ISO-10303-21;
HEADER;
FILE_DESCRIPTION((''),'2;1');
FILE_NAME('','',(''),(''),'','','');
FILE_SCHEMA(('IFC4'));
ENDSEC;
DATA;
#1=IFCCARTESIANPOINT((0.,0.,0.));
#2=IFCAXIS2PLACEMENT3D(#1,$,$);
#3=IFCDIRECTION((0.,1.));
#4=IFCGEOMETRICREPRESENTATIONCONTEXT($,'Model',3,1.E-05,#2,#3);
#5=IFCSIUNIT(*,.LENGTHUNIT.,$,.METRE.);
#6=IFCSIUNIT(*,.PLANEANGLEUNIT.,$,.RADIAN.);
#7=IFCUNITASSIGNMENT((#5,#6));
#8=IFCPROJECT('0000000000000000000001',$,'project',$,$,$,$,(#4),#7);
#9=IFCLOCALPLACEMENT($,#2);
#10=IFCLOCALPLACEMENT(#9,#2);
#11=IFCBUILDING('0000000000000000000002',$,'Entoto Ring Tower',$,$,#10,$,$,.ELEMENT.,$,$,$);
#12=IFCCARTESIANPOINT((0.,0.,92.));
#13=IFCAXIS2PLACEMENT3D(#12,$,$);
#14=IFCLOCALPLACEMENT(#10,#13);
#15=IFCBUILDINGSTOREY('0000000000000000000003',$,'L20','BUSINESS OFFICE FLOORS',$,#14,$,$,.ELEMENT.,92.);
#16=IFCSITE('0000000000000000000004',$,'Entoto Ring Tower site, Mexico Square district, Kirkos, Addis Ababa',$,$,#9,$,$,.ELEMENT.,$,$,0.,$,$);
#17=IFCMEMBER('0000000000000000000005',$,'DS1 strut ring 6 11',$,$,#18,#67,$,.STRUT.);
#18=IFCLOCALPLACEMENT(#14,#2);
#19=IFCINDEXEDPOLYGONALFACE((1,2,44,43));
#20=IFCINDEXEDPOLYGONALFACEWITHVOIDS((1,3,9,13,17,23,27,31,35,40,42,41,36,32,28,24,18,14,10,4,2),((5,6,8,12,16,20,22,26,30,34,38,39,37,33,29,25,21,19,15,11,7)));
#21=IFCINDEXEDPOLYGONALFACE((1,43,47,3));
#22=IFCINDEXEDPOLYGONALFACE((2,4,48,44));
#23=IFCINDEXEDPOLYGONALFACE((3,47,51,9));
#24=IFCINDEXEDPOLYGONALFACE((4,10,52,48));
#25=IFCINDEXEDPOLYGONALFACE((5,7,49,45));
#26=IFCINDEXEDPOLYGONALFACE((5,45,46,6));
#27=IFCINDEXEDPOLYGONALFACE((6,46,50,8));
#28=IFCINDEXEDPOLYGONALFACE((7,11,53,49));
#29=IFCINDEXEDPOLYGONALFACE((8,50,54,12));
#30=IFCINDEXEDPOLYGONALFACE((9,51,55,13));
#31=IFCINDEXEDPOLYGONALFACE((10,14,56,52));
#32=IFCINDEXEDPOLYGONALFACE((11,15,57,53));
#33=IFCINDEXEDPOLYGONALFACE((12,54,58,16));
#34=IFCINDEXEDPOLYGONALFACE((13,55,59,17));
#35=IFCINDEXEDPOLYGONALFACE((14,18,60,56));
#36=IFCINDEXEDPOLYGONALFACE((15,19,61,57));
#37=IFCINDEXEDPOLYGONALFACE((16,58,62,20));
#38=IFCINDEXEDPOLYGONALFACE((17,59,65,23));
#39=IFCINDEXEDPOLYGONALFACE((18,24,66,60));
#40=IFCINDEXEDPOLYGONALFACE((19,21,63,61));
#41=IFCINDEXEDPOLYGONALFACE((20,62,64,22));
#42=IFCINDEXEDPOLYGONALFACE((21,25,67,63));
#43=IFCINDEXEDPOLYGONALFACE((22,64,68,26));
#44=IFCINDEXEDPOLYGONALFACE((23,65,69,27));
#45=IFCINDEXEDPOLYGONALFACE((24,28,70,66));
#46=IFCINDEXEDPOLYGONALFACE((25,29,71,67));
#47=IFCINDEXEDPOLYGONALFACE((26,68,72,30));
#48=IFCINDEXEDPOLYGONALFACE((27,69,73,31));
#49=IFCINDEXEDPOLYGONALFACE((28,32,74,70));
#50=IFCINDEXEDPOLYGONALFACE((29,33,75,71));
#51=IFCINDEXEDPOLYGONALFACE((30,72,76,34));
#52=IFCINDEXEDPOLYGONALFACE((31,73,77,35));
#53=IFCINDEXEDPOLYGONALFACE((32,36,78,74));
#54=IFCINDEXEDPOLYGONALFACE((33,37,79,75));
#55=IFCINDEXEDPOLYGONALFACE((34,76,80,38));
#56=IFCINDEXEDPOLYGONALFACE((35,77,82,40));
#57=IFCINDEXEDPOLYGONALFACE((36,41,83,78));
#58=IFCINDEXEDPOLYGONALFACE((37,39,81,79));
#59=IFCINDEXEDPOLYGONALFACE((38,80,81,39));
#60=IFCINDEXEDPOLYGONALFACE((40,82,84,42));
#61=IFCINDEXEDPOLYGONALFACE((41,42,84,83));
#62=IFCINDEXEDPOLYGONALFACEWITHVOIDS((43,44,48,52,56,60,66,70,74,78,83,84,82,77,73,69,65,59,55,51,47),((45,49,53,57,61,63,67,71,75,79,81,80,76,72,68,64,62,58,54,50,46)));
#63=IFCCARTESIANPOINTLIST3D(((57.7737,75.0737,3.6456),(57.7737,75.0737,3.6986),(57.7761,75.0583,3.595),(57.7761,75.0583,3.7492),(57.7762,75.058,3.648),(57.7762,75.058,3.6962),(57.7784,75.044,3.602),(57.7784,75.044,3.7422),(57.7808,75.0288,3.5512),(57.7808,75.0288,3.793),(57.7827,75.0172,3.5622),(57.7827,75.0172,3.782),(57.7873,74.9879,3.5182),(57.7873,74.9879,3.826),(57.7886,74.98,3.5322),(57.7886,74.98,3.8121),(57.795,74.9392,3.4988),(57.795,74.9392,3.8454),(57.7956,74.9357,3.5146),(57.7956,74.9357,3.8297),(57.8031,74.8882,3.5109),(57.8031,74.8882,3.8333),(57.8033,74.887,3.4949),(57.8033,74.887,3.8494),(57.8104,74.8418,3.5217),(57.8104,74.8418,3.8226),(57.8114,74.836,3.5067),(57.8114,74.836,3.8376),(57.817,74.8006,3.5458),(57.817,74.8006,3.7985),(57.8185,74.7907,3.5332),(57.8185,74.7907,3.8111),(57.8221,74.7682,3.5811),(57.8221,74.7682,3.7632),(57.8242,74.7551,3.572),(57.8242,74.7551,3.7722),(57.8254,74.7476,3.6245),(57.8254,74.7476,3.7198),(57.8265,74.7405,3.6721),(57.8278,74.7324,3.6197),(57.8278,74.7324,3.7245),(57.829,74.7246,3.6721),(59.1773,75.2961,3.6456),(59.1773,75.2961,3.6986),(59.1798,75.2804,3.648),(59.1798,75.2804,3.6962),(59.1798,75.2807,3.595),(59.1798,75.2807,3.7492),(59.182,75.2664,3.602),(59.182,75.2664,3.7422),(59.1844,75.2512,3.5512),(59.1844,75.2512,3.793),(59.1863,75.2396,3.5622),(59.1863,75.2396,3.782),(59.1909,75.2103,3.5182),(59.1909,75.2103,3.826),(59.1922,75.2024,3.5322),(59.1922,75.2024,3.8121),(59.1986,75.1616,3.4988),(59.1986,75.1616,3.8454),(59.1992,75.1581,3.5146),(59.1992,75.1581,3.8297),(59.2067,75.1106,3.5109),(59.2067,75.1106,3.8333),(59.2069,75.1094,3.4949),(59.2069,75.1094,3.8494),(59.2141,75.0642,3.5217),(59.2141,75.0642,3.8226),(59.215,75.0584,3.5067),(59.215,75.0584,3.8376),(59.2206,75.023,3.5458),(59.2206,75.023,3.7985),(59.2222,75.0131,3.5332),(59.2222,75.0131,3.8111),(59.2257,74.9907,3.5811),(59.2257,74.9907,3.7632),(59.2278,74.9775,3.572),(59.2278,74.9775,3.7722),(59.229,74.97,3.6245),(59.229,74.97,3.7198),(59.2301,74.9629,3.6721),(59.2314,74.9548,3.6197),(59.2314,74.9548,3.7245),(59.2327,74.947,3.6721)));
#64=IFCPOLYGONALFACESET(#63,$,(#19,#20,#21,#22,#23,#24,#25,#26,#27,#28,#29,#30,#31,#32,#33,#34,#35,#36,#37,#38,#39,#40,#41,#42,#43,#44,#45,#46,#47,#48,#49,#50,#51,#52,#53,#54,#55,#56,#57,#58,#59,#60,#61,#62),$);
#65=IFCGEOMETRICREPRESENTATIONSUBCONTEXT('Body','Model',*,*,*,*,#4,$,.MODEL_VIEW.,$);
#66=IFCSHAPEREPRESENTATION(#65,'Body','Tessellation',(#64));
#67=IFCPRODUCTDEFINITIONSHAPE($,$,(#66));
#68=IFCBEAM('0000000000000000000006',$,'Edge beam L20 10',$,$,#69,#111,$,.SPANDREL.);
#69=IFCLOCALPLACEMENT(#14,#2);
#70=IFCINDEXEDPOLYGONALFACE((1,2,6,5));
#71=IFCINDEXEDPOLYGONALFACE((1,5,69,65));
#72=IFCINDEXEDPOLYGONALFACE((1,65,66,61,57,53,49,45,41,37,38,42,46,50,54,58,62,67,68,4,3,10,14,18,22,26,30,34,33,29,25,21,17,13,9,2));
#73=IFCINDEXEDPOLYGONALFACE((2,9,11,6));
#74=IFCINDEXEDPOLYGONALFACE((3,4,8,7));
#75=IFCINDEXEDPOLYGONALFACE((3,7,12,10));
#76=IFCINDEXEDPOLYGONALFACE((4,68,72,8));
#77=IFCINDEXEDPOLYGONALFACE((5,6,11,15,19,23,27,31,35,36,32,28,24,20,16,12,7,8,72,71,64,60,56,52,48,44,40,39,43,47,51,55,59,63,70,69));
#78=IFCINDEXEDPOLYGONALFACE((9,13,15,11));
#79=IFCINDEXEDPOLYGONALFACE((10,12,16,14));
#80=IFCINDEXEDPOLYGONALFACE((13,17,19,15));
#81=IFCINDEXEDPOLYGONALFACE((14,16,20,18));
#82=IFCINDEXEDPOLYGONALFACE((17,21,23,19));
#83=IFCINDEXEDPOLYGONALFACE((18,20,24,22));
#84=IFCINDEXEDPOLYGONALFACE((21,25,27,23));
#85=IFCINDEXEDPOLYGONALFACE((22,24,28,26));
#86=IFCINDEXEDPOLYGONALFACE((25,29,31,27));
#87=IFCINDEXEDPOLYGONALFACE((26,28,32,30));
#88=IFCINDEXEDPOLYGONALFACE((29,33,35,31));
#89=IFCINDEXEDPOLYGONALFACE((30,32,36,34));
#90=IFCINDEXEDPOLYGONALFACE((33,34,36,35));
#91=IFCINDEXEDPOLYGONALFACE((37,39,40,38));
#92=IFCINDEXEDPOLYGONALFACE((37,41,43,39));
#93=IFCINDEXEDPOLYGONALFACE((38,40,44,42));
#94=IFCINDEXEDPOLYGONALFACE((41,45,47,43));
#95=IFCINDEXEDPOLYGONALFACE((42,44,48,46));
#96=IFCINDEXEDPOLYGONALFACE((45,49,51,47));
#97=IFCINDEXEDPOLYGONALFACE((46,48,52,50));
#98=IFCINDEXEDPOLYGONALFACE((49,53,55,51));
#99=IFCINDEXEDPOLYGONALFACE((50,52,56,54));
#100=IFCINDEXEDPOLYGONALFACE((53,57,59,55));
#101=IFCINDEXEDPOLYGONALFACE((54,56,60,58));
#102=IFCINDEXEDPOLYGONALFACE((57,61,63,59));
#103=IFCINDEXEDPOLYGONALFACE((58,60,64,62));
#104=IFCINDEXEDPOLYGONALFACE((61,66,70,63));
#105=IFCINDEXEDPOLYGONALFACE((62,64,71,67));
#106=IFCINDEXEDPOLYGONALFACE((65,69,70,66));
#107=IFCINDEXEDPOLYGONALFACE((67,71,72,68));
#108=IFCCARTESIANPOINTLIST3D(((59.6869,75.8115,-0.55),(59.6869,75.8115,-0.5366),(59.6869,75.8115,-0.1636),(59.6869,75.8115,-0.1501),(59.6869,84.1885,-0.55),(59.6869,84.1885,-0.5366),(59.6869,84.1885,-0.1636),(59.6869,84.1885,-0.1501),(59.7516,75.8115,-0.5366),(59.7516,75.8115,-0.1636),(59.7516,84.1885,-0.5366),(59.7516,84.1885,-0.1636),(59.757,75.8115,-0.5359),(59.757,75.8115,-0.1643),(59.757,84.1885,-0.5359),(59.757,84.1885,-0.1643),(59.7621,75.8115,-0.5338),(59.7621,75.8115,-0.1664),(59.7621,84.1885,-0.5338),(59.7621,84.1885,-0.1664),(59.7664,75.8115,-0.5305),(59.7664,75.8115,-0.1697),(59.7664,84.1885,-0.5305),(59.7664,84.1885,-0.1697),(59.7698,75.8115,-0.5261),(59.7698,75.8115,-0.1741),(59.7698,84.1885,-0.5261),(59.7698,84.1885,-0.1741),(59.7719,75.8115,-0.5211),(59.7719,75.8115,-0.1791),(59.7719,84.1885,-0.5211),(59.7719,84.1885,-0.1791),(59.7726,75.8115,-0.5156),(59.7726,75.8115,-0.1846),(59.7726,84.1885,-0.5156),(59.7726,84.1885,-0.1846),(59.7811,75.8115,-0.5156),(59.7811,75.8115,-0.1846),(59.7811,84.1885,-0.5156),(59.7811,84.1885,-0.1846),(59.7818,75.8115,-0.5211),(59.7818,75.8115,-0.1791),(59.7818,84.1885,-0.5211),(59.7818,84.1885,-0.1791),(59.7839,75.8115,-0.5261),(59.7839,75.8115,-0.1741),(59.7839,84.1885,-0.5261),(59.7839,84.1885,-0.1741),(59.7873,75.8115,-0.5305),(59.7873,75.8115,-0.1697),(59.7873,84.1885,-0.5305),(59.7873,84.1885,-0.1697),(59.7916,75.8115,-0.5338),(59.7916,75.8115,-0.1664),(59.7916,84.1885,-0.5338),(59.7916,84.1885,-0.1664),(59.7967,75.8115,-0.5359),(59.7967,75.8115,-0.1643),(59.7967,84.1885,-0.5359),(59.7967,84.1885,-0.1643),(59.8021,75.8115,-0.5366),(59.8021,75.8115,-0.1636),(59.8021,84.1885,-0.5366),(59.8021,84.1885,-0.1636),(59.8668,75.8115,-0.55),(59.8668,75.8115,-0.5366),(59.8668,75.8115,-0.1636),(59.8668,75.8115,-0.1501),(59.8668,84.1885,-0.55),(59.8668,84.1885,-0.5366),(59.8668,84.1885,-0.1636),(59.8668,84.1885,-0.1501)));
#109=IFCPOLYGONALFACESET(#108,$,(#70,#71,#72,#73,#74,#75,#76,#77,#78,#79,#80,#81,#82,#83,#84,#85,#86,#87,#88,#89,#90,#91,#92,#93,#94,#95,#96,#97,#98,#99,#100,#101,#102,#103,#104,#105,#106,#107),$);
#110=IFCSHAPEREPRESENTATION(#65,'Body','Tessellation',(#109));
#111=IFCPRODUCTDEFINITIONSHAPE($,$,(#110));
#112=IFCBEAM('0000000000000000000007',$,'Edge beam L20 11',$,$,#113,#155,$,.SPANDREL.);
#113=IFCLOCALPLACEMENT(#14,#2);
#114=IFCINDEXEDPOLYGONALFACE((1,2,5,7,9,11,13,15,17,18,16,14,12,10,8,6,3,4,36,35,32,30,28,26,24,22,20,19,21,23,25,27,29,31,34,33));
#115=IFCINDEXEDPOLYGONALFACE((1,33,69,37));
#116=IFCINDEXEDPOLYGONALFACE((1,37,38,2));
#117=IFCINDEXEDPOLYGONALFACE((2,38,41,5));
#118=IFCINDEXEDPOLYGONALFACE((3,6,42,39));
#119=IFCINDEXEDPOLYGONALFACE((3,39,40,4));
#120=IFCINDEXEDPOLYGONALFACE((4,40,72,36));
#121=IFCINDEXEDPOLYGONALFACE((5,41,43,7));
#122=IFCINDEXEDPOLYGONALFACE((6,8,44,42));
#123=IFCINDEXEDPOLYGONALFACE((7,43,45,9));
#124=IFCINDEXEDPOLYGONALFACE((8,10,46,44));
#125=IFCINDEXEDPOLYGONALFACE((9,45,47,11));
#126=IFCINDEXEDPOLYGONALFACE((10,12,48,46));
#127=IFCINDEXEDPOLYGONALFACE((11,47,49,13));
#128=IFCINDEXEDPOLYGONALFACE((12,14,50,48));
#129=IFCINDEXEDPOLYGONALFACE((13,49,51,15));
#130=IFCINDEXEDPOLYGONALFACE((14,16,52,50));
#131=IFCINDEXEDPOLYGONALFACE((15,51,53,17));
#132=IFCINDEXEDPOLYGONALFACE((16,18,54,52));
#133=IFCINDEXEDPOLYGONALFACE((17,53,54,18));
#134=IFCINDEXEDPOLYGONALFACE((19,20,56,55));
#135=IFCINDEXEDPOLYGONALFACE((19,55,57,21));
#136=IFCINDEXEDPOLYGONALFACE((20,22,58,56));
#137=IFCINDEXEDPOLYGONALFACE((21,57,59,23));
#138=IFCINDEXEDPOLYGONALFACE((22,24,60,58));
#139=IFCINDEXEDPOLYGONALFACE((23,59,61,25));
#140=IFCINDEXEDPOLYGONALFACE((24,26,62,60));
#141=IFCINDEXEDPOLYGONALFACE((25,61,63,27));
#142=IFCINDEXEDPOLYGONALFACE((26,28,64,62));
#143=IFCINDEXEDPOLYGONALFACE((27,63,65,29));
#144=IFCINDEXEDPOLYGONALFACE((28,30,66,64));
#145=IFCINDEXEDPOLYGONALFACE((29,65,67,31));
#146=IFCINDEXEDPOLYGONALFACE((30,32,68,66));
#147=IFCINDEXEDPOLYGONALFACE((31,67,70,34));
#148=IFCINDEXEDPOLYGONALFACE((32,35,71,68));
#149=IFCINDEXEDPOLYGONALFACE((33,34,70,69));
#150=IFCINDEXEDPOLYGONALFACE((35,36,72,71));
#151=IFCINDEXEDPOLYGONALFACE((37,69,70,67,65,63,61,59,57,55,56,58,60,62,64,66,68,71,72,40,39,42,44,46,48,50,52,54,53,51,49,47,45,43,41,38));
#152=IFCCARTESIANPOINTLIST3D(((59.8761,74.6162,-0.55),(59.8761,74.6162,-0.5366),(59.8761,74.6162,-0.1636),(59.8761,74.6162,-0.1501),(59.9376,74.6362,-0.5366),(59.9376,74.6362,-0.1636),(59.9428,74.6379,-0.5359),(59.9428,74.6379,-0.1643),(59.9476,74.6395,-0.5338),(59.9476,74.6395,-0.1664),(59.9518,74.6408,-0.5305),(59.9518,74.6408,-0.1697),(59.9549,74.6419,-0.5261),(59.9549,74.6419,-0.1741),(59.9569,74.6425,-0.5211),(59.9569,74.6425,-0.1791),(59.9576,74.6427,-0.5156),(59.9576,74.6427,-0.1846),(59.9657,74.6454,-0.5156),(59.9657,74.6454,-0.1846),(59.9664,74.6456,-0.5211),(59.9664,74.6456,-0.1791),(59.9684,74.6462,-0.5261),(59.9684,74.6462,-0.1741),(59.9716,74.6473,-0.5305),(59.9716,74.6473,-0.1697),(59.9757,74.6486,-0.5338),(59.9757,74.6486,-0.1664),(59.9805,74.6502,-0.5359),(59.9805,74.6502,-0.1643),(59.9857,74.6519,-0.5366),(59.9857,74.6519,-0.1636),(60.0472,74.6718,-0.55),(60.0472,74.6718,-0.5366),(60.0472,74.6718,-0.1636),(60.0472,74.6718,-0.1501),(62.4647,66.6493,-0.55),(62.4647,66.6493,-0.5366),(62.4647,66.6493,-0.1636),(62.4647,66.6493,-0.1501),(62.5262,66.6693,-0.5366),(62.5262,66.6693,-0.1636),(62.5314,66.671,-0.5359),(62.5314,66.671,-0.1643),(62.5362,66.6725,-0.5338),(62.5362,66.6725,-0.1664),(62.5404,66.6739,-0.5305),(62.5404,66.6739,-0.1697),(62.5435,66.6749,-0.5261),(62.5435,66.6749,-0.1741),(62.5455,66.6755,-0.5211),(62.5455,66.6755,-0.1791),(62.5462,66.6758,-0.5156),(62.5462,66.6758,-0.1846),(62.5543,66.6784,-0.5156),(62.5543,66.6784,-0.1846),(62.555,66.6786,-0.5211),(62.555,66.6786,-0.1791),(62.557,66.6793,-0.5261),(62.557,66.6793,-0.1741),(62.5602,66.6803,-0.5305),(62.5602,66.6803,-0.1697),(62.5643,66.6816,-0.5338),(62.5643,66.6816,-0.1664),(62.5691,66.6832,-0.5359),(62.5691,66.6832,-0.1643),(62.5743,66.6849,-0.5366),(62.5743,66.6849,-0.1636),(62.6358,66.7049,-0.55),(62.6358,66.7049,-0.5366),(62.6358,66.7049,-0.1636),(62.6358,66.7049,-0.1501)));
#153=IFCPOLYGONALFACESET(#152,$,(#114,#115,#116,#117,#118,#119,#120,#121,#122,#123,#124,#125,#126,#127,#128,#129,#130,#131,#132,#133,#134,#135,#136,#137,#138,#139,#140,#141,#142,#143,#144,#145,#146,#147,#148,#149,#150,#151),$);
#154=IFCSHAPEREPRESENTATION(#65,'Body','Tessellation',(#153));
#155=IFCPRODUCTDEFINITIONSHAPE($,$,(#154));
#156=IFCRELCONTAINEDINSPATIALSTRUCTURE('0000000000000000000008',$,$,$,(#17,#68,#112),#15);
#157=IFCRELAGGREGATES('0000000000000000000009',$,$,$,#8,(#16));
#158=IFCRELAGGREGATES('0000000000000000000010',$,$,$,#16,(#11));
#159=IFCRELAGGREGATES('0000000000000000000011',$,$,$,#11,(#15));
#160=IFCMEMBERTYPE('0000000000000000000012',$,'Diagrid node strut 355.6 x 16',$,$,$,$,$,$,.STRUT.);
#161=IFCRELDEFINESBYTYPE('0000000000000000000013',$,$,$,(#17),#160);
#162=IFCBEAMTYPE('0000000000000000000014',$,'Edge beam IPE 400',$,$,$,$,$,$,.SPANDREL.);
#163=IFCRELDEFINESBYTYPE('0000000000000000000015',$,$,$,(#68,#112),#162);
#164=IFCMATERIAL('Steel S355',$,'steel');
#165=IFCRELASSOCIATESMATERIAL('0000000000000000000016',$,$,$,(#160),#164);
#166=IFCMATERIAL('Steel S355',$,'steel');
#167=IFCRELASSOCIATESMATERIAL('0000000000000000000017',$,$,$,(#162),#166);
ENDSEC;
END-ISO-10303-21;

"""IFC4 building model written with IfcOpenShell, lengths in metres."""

from ifc_helpers import new_model, si_unit, direction, frame, origin, origin_2d, place, context, subcontext, project, spatial, circle, hollow_circle, i_section, extrude, material, material_profile, profile_set, type_object, element, save


model = new_model("IFC4")

# Units and contexts
model_context = context("Model", 3, precision=1e-05, world=origin(), true_north=direction((0.0, 1.0)))
body_context = subcontext(model_context, "Body", "Model", "MODEL_VIEW")
ifc_project = project(units=[si_unit("LENGTHUNIT", "METRE"), si_unit("PLANEANGLEUNIT", "RADIAN")], contexts=[model_context])

# Site, building, storey
site_placement = place(None, origin())
site = spatial("IfcSite", under=ifc_project, at=site_placement, Name="Entoto Ring Tower site, Mexico Square district, Kirkos, Addis Ababa", CompositionType="ELEMENT", RefElevation=0.0)
building_placement = place(site_placement, origin())
building = spatial("IfcBuilding", under=site, at=building_placement, Name="Entoto Ring Tower", CompositionType="ELEMENT")
storey_placement = place(building_placement, frame((0.0, 0.0, 92.0)))
storey = spatial("IfcBuildingStorey", under=building, at=storey_placement, Name="L20", Description="BUSINESS OFFICE FLOORS", CompositionType="ELEMENT", Elevation=92.0)

# Member
ifc_material_1 = material(Name="Steel S355", Category="steel")
ifc_material_profile_1 = material_profile(ifc_material_1, hollow_circle(Radius=0.1777, WallThickness=0.0161, at=origin_2d()), Name="CHS 355.6 x 16")
ifc_material_2 = material(Name="Concrete C60/75", Category="concrete")
ifc_material_profile_2 = material_profile(ifc_material_2, circle(Radius=0.1619, at=origin_2d()), Name="Concrete C60/75 infill")
ifc_profile_set_1 = profile_set([ifc_material_profile_1, ifc_material_profile_2], Name="Steel S355")
member_type = type_object("IfcMemberType", Name="Diagrid node strut 355.6 x 16", PredefinedType="STRUT", material=ifc_profile_set_1)
member_placement = place(storey_placement, frame((59.2048, 75.1226, 3.6721), z_axis=(-0.987676, -0.15651, 0.0), x_axis=(0.15651, -0.987676, 0.0)))
element("IfcMember", 1, at=member_placement, inside=storey, type_object=member_type, Name="DS1 strut ring 6 11", PredefinedType="STRUT", context=body_context, shape_type="SweptSolid", body=[
    extrude(hollow_circle(Radius=0.1777, WallThickness=0.0161, at=origin_2d()), origin(), (0.0, 0.0, 1.0), 1.4211),
])

# Beams
ifc_material_3 = material(Name="Steel S355", Category="steel")
ifc_material_profile_3 = material_profile(ifc_material_3, i_section(OverallWidth=0.1799, OverallDepth=0.3999, WebThickness=0.0085, FlangeThickness=0.0134, FilletRadius=0.021, at=origin_2d()), Name="IPE 400")
ifc_profile_set_2 = profile_set([ifc_material_profile_3], Name="Steel S355")
beam_type_1 = type_object("IfcBeamType", Name="Edge beam IPE 400", PredefinedType="SPANDREL", material=ifc_profile_set_2)
for number, where, z_axis, x_axis, name in (
    (2, (59.7769, 84.1885, -0.3501), (0.0, -1.0, 0.0), (1.0, 0.0, 0.0), "Edge beam L20 10"),
    (3, (59.9617, 74.644, -0.3501), (0.309014, -0.951057, 0.0), (0.951057, 0.309014, 0.0), "Edge beam L20 11"),
):
    element("IfcBeam", number, at=place(storey_placement, frame(where, z_axis=z_axis, x_axis=x_axis)), inside=storey, type_object=beam_type_1, Name=name, PredefinedType="SPANDREL", context=body_context, shape_type="SweptSolid", body=[
        extrude(i_section(OverallWidth=0.1799, OverallDepth=0.3999, WebThickness=0.0085, FlangeThickness=0.0134, FilletRadius=0.021, at=origin_2d()), origin(), (0.0, 0.0, 1.0), 8.377),
    ])

save(model, "model.ifc")
